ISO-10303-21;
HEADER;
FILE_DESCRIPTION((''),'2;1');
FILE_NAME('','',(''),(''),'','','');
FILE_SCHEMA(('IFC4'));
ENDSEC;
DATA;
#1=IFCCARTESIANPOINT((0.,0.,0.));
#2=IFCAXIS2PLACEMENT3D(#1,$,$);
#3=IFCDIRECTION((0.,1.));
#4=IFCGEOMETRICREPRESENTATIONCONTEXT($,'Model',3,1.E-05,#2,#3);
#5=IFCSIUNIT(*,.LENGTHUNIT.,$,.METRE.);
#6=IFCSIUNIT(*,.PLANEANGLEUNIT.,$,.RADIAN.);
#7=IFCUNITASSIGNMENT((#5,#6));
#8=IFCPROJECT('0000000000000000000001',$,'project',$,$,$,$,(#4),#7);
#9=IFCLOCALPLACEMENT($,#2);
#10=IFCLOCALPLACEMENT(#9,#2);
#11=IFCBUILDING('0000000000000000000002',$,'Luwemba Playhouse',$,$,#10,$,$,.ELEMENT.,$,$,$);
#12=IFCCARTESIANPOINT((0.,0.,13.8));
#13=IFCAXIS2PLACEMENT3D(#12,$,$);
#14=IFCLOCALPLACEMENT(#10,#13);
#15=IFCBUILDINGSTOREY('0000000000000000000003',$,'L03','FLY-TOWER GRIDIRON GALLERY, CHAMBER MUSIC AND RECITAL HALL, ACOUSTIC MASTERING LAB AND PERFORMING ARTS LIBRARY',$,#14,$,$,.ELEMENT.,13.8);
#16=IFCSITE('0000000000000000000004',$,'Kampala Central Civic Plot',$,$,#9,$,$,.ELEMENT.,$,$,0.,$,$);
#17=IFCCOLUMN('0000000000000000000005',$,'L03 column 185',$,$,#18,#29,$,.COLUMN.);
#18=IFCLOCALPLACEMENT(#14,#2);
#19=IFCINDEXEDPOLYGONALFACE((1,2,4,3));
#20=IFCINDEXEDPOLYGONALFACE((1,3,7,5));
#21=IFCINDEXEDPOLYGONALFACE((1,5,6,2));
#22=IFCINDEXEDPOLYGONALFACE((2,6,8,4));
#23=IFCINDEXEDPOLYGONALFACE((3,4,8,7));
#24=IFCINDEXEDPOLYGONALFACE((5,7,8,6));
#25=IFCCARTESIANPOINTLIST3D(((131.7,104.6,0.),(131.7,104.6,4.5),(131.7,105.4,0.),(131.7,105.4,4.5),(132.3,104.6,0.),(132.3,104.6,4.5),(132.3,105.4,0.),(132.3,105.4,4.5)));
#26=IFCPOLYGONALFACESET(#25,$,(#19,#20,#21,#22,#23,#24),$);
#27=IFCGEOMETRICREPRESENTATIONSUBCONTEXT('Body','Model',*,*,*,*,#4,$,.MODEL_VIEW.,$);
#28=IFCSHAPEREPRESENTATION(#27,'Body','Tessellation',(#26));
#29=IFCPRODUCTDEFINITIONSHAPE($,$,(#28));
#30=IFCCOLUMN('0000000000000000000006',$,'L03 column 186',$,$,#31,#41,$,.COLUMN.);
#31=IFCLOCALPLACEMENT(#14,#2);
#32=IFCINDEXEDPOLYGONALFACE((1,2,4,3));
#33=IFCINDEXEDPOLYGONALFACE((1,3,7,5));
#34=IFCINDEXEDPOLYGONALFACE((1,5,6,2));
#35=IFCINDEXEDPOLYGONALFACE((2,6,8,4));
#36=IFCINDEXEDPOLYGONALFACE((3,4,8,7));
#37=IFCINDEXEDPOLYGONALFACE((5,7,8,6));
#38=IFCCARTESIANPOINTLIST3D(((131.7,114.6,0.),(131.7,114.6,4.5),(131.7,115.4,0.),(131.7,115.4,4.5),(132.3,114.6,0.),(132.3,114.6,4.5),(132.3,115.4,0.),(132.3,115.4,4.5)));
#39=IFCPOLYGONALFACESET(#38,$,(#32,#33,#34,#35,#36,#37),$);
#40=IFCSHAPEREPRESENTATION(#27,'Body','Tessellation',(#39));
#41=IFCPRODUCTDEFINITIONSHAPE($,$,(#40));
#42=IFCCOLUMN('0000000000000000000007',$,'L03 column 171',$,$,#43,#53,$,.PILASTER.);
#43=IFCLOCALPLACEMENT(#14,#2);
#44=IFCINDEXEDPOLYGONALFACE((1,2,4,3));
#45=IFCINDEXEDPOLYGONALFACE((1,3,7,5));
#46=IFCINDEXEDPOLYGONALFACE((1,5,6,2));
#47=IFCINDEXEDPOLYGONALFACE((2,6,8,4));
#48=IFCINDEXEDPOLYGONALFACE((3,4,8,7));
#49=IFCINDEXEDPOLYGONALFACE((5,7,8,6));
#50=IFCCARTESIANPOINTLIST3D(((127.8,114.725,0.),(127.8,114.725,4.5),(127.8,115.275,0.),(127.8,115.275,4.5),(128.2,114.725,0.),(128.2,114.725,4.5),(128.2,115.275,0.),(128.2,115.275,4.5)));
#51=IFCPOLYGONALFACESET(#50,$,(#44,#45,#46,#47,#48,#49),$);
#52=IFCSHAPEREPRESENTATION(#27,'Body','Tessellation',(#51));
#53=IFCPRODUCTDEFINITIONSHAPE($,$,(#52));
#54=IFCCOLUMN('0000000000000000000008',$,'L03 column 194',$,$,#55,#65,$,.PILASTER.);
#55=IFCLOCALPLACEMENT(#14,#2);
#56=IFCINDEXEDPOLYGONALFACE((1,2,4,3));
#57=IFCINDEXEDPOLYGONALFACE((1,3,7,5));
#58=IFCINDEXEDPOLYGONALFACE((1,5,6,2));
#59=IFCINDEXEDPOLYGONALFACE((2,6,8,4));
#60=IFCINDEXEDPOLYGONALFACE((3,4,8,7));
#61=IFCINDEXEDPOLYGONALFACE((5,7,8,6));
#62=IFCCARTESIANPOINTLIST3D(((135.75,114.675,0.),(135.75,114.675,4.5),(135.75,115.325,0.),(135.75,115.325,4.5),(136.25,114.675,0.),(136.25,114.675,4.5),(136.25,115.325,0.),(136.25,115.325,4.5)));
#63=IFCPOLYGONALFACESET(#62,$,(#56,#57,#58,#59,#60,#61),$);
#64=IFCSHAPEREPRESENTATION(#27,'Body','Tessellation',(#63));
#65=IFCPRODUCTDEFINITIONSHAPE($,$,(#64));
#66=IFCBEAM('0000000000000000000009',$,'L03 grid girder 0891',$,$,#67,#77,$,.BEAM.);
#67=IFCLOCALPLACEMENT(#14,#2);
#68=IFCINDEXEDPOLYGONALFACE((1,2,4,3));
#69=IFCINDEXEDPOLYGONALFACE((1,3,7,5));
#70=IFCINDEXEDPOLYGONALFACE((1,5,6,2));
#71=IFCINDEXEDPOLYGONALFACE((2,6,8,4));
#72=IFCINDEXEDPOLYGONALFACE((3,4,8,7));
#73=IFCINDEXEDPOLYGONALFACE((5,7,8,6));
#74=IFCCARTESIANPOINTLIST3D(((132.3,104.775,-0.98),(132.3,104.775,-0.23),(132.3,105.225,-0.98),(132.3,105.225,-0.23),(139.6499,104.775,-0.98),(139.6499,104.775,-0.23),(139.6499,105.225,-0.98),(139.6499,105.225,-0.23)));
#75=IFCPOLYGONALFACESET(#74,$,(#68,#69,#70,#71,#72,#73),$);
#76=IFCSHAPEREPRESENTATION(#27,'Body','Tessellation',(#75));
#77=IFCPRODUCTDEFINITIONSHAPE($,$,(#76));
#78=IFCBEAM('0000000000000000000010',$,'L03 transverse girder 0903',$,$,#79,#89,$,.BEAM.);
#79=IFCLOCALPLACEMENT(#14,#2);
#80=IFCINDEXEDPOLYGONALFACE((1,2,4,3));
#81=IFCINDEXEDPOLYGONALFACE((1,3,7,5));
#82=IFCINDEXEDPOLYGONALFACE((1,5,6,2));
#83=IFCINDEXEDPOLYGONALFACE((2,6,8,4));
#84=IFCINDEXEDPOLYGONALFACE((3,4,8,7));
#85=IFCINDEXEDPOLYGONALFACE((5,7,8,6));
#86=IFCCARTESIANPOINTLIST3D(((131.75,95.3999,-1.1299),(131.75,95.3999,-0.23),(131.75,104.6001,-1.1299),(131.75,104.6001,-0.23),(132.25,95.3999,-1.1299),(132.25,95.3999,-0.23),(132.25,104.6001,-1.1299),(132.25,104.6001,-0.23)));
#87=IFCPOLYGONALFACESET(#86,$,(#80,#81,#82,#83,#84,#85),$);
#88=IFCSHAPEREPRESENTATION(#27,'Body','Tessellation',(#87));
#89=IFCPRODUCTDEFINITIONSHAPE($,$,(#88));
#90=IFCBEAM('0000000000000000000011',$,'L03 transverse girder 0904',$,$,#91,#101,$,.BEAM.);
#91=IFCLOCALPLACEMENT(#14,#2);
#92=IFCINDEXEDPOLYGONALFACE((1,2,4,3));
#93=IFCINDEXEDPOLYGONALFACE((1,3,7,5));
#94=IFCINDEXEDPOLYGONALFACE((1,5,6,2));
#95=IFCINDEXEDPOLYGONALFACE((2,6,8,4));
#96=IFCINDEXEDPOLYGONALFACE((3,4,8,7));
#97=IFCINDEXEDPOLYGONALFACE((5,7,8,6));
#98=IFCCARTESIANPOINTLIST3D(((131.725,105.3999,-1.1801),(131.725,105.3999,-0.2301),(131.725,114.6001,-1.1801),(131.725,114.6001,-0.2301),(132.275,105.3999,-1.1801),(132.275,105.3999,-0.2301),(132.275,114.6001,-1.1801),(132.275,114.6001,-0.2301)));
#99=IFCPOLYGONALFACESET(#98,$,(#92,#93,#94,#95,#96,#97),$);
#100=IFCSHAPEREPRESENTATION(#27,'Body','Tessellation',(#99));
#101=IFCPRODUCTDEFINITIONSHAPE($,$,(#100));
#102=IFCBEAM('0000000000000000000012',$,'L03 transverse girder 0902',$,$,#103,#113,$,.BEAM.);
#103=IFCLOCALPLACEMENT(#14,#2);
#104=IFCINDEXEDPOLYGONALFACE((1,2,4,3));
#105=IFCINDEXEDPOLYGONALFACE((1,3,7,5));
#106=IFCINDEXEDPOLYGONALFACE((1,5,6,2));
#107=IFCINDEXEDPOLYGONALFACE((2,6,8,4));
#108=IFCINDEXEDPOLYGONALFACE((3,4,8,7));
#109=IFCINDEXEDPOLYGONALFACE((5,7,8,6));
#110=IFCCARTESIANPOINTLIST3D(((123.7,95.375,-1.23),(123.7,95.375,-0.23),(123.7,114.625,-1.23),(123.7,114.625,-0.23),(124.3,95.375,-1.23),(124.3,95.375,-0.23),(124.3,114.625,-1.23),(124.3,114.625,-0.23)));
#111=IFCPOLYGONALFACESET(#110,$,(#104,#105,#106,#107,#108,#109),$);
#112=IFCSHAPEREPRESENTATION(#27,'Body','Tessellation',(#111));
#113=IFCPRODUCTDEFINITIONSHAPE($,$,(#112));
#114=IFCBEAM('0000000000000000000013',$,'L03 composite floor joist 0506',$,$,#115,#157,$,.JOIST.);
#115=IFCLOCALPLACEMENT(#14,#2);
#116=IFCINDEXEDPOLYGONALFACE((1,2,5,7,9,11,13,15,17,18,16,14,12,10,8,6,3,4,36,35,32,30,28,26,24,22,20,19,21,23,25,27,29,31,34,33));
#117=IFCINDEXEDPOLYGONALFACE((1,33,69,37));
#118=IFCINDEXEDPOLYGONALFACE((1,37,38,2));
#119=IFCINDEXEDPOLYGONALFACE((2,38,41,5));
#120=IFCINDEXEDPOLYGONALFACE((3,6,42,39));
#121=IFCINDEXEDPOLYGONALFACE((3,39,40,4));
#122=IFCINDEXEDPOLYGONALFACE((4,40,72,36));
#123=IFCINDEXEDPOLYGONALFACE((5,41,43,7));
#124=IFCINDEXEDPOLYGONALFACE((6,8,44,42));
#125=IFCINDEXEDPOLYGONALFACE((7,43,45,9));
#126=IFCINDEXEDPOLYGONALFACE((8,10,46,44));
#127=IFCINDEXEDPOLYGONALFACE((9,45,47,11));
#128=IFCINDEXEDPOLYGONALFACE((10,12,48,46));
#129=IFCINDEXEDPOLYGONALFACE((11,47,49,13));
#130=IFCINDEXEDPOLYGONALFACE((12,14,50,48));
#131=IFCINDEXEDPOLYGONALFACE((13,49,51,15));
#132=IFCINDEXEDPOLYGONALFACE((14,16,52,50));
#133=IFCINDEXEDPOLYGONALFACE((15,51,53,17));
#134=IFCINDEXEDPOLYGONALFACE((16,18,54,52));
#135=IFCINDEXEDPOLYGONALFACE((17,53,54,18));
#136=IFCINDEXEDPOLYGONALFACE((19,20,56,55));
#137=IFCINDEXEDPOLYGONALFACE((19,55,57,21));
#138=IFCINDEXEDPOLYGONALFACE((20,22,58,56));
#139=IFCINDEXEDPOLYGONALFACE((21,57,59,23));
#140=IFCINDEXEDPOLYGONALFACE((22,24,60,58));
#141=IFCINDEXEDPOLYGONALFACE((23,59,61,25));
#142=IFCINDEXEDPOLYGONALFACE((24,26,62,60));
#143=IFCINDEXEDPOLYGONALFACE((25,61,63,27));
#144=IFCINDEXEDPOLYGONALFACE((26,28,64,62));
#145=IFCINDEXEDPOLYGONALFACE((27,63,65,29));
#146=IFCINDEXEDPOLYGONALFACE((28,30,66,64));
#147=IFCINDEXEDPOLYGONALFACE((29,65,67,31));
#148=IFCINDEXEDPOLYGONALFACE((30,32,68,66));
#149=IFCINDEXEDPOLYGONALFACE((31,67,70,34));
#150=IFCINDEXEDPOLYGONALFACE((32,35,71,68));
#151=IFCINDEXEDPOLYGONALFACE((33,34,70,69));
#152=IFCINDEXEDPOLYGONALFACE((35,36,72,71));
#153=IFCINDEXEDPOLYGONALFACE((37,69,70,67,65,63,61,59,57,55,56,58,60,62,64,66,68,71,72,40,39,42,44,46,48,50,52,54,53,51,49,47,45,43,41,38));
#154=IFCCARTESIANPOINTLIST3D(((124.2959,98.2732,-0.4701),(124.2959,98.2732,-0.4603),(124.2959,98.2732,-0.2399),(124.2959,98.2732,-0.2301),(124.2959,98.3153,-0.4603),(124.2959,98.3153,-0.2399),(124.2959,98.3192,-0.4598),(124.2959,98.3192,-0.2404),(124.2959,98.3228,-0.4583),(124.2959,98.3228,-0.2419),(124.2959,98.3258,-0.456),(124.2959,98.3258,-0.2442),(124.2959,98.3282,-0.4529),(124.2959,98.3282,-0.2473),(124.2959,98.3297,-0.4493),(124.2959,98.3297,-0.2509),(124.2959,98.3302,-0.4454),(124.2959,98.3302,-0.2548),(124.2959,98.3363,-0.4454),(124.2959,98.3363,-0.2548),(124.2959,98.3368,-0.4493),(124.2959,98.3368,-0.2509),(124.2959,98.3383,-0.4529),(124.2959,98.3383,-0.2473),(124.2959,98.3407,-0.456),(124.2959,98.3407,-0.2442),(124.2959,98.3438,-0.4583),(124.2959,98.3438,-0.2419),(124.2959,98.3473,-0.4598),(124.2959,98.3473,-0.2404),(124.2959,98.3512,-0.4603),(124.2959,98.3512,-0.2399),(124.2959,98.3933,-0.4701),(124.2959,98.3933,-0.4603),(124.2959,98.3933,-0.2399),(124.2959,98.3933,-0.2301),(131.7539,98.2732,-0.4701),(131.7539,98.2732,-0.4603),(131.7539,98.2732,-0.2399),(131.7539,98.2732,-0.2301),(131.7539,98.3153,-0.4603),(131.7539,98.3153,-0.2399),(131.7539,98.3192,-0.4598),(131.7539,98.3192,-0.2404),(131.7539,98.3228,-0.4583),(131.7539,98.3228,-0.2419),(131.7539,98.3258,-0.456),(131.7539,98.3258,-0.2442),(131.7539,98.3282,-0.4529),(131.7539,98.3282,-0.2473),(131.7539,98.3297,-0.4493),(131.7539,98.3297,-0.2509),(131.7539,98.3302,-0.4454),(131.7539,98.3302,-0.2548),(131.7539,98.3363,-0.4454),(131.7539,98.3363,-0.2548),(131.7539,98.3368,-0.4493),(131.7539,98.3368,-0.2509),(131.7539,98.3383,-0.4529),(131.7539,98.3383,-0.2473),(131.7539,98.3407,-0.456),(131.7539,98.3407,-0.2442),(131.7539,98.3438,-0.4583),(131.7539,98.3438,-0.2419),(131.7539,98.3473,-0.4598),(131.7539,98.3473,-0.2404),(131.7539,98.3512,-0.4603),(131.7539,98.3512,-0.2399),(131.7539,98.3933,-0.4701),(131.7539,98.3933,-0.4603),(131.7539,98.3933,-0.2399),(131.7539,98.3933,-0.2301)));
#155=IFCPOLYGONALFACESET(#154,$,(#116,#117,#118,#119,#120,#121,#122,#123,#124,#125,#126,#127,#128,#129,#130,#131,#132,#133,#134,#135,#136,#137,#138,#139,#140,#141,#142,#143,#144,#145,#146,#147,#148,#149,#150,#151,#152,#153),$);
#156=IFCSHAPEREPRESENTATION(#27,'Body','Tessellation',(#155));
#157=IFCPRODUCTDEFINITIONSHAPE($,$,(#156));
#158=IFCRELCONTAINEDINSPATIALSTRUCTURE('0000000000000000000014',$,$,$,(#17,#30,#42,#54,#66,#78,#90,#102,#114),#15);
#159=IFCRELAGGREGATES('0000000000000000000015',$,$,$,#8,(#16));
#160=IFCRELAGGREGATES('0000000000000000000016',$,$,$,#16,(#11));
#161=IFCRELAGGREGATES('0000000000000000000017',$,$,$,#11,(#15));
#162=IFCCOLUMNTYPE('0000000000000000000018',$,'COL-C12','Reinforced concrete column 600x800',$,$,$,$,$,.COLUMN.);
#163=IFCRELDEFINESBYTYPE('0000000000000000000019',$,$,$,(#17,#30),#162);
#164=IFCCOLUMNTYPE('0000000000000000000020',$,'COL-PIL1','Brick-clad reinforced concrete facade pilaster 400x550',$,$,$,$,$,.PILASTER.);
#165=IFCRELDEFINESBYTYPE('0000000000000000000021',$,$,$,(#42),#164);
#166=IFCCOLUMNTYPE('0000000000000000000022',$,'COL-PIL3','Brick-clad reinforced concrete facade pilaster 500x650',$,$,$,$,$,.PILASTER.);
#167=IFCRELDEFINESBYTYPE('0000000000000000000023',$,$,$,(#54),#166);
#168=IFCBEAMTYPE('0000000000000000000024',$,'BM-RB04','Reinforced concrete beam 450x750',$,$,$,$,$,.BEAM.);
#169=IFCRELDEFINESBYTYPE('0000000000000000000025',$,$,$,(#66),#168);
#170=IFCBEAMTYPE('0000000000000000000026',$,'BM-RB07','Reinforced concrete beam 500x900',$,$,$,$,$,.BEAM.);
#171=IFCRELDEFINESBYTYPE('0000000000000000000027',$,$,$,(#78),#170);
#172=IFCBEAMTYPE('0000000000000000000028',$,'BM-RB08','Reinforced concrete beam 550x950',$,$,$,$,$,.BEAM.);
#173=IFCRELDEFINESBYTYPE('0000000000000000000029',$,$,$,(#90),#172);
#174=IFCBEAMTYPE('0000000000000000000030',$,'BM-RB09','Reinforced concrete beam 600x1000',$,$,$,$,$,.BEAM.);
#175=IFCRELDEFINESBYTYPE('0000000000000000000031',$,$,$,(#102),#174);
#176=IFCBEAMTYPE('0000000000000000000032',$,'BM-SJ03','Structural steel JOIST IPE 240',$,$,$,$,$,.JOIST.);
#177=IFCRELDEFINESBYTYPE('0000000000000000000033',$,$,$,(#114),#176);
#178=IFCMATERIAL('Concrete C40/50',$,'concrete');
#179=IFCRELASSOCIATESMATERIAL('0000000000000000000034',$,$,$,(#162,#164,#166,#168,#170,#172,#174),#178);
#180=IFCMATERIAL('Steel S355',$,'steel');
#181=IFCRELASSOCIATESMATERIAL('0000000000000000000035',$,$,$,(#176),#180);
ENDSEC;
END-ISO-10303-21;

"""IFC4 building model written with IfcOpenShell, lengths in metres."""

from ifc_helpers import new_model, si_unit, direction, frame, origin, origin_2d, place, context, subcontext, project, spatial, rectangle, i_section, extrude, material, material_profile, profile_set, type_object, element, save


model = new_model("IFC4")

# Units and contexts
model_context = context("Model", 3, precision=1e-05, world=origin(), true_north=direction((0.0, 1.0)))
body_context = subcontext(model_context, "Body", "Model", "MODEL_VIEW")
ifc_project = project(units=[si_unit("LENGTHUNIT", "METRE"), si_unit("PLANEANGLEUNIT", "RADIAN")], contexts=[model_context])

# Site, building, storey
site_placement = place(None, origin())
site = spatial("IfcSite", under=ifc_project, at=site_placement, Name="Kampala Central Civic Plot", CompositionType="ELEMENT", RefElevation=0.0)
building_placement = place(site_placement, origin())
building = spatial("IfcBuilding", under=site, at=building_placement, Name="Luwemba Playhouse", CompositionType="ELEMENT")
storey_placement = place(building_placement, frame((0.0, 0.0, 13.8)))
storey = spatial("IfcBuildingStorey", under=building, at=storey_placement, Name="L03", Description="FLY-TOWER GRIDIRON GALLERY, CHAMBER MUSIC AND RECITAL HALL, ACOUSTIC MASTERING LAB AND PERFORMING ARTS LIBRARY", CompositionType="ELEMENT", Elevation=13.8)

# Columns
ifc_material_1 = material(Name="Concrete C40/50", Category="concrete")
ifc_material_profile_1 = material_profile(ifc_material_1, rectangle(XDim=0.6001, YDim=0.8, at=origin_2d()))
ifc_profile_set_1 = profile_set([ifc_material_profile_1], Name="Concrete C40/50")
column_type_1 = type_object("IfcColumnType", Name="COL-C12", Description="Reinforced concrete column 600x800", PredefinedType="COLUMN", material=ifc_profile_set_1)
for number, where, z_axis, x_axis, name in (
    (1, (132.0, 105.0, 0.0), (0.0, 0.0, 1.0), (1.0, 0.0, 0.0), "L03 column 185"),
    (2, (132.0, 115.0, 0.0), (0.0, 0.0, 1.0), (1.0, 0.0, 0.0), "L03 column 186"),
):
    element("IfcColumn", number, at=place(storey_placement, frame(where, z_axis=z_axis, x_axis=x_axis)), inside=storey, type_object=column_type_1, Name=name, PredefinedType="COLUMN", context=body_context, shape_type="SweptSolid", body=[
        extrude(rectangle(XDim=0.6001, YDim=0.8, at=origin_2d()), origin(), (0.0, 0.0, 1.0), 4.5),
    ])
ifc_material_profile_2 = material_profile(ifc_material_1, rectangle(XDim=0.3999, YDim=0.55, at=origin_2d()))
ifc_profile_set_2 = profile_set([ifc_material_profile_2], Name="Concrete C40/50")
column_type_2 = type_object("IfcColumnType", Name="COL-PIL1", Description="Brick-clad reinforced concrete facade pilaster 400x550", PredefinedType="PILASTER", material=ifc_profile_set_2)
column_1_placement = place(storey_placement, frame((128.0, 115.0, 0.0), z_axis=(0.0, 0.0, 1.0), x_axis=(1.0, 0.0, 0.0)))
element("IfcColumn", 3, at=column_1_placement, inside=storey, type_object=column_type_2, Name="L03 column 171", PredefinedType="PILASTER", context=body_context, shape_type="SweptSolid", body=[
    extrude(rectangle(XDim=0.3999, YDim=0.55, at=origin_2d()), origin(), (0.0, 0.0, 1.0), 4.5),
])
ifc_material_profile_3 = material_profile(ifc_material_1, rectangle(XDim=0.5, YDim=0.6499, at=origin_2d()))
ifc_profile_set_3 = profile_set([ifc_material_profile_3], Name="Concrete C40/50")
column_type_3 = type_object("IfcColumnType", Name="COL-PIL3", Description="Brick-clad reinforced concrete facade pilaster 500x650", PredefinedType="PILASTER", material=ifc_profile_set_3)
column_2_placement = place(storey_placement, frame((136.0, 115.0, 0.0), z_axis=(0.0, 0.0, 1.0), x_axis=(1.0, 0.0, 0.0)))
element("IfcColumn", 4, at=column_2_placement, inside=storey, type_object=column_type_3, Name="L03 column 194", PredefinedType="PILASTER", context=body_context, shape_type="SweptSolid", body=[
    extrude(rectangle(XDim=0.5, YDim=0.6499, at=origin_2d()), origin(), (0.0, 0.0, 1.0), 4.5),
])

# Beams
ifc_material_profile_4 = material_profile(ifc_material_1, rectangle(XDim=0.45, YDim=0.75, at=origin_2d()))
ifc_profile_set_4 = profile_set([ifc_material_profile_4], Name="Concrete C40/50")
beam_type_1 = type_object("IfcBeamType", Name="BM-RB04", Description="Reinforced concrete beam 450x750", PredefinedType="BEAM", material=ifc_profile_set_4)
beam_1_placement = place(storey_placement, frame((132.3, 105.0, -0.605), z_axis=(1.0, 0.0, 0.0), x_axis=(0.0, 1.0, 0.0)))
element("IfcBeam", 5, at=beam_1_placement, inside=storey, type_object=beam_type_1, Name="L03 grid girder 0891", PredefinedType="BEAM", context=body_context, shape_type="SweptSolid", body=[
    extrude(rectangle(XDim=0.45, YDim=0.75, at=origin_2d()), origin(), (0.0, 0.0, 1.0), 7.3499),
])
ifc_material_profile_5 = material_profile(ifc_material_1, rectangle(XDim=0.5, YDim=0.8999, at=origin_2d()))
ifc_profile_set_5 = profile_set([ifc_material_profile_5], Name="Concrete C40/50")
beam_type_2 = type_object("IfcBeamType", Name="BM-RB07", Description="Reinforced concrete beam 500x900", PredefinedType="BEAM", material=ifc_profile_set_5)
beam_2_placement = place(storey_placement, frame((132.0, 95.3999, -0.6799), z_axis=(0.0, 1.0, 0.0), x_axis=(-1.0, 0.0, 0.0)))
element("IfcBeam", 6, at=beam_2_placement, inside=storey, type_object=beam_type_2, Name="L03 transverse girder 0903", PredefinedType="BEAM", context=body_context, shape_type="SweptSolid", body=[
    extrude(rectangle(XDim=0.5, YDim=0.8999, at=origin_2d()), origin(), (0.0, 0.0, 1.0), 9.2002),
])
ifc_material_profile_6 = material_profile(ifc_material_1, rectangle(XDim=0.55, YDim=0.95, at=origin_2d()))
ifc_profile_set_6 = profile_set([ifc_material_profile_6], Name="Concrete C40/50")
beam_type_3 = type_object("IfcBeamType", Name="BM-RB08", Description="Reinforced concrete beam 550x950", PredefinedType="BEAM", material=ifc_profile_set_6)
beam_3_placement = place(storey_placement, frame((132.0, 105.3999, -0.7051), z_axis=(0.0, 1.0, 0.0), x_axis=(-1.0, 0.0, 0.0)))
element("IfcBeam", 7, at=beam_3_placement, inside=storey, type_object=beam_type_3, Name="L03 transverse girder 0904", PredefinedType="BEAM", context=body_context, shape_type="SweptSolid", body=[
    extrude(rectangle(XDim=0.55, YDim=0.95, at=origin_2d()), origin(), (0.0, 0.0, 1.0), 9.2002),
])
ifc_material_profile_7 = material_profile(ifc_material_1, rectangle(XDim=0.6001, YDim=1.0, at=origin_2d()))
ifc_profile_set_7 = profile_set([ifc_material_profile_7], Name="Concrete C40/50")
beam_type_4 = type_object("IfcBeamType", Name="BM-RB09", Description="Reinforced concrete beam 600x1000", PredefinedType="BEAM", material=ifc_profile_set_7)
beam_4_placement = place(storey_placement, frame((124.0, 95.375, -0.73), z_axis=(0.0, 1.0, 0.0), x_axis=(-1.0, 0.0, 0.0)))
element("IfcBeam", 8, at=beam_4_placement, inside=storey, type_object=beam_type_4, Name="L03 transverse girder 0902", PredefinedType="BEAM", context=body_context, shape_type="SweptSolid", body=[
    extrude(rectangle(XDim=0.6001, YDim=1.0, at=origin_2d()), origin(), (0.0, 0.0, 1.0), 19.25),
])
ifc_material_2 = material(Name="Steel S355", Category="steel")
ifc_material_profile_8 = material_profile(ifc_material_2, i_section(OverallWidth=0.1201, OverallDepth=0.24, WebThickness=0.0061, FlangeThickness=0.0098, FilletRadius=0.0149, at=origin_2d()))
ifc_profile_set_8 = profile_set([ifc_material_profile_8], Name="Steel S355")
beam_type_5 = type_object("IfcBeamType", Name="BM-SJ03", Description="Structural steel JOIST IPE 240", PredefinedType="JOIST", material=ifc_profile_set_8)
beam_5_placement = place(storey_placement, frame((124.2959, 98.3333, -0.3501), z_axis=(1.0, 0.0, 0.0), x_axis=(0.0, 1.0, 0.0)))
element("IfcBeam", 9, at=beam_5_placement, inside=storey, type_object=beam_type_5, Name="L03 composite floor joist 0506", PredefinedType="JOIST", context=body_context, shape_type="SweptSolid", body=[
    extrude(i_section(OverallWidth=0.1201, OverallDepth=0.24, WebThickness=0.0061, FlangeThickness=0.0098, FilletRadius=0.0149, at=origin_2d()), origin(), (0.0, 0.0, 1.0), 7.458),
])

save(model, "model.ifc")
